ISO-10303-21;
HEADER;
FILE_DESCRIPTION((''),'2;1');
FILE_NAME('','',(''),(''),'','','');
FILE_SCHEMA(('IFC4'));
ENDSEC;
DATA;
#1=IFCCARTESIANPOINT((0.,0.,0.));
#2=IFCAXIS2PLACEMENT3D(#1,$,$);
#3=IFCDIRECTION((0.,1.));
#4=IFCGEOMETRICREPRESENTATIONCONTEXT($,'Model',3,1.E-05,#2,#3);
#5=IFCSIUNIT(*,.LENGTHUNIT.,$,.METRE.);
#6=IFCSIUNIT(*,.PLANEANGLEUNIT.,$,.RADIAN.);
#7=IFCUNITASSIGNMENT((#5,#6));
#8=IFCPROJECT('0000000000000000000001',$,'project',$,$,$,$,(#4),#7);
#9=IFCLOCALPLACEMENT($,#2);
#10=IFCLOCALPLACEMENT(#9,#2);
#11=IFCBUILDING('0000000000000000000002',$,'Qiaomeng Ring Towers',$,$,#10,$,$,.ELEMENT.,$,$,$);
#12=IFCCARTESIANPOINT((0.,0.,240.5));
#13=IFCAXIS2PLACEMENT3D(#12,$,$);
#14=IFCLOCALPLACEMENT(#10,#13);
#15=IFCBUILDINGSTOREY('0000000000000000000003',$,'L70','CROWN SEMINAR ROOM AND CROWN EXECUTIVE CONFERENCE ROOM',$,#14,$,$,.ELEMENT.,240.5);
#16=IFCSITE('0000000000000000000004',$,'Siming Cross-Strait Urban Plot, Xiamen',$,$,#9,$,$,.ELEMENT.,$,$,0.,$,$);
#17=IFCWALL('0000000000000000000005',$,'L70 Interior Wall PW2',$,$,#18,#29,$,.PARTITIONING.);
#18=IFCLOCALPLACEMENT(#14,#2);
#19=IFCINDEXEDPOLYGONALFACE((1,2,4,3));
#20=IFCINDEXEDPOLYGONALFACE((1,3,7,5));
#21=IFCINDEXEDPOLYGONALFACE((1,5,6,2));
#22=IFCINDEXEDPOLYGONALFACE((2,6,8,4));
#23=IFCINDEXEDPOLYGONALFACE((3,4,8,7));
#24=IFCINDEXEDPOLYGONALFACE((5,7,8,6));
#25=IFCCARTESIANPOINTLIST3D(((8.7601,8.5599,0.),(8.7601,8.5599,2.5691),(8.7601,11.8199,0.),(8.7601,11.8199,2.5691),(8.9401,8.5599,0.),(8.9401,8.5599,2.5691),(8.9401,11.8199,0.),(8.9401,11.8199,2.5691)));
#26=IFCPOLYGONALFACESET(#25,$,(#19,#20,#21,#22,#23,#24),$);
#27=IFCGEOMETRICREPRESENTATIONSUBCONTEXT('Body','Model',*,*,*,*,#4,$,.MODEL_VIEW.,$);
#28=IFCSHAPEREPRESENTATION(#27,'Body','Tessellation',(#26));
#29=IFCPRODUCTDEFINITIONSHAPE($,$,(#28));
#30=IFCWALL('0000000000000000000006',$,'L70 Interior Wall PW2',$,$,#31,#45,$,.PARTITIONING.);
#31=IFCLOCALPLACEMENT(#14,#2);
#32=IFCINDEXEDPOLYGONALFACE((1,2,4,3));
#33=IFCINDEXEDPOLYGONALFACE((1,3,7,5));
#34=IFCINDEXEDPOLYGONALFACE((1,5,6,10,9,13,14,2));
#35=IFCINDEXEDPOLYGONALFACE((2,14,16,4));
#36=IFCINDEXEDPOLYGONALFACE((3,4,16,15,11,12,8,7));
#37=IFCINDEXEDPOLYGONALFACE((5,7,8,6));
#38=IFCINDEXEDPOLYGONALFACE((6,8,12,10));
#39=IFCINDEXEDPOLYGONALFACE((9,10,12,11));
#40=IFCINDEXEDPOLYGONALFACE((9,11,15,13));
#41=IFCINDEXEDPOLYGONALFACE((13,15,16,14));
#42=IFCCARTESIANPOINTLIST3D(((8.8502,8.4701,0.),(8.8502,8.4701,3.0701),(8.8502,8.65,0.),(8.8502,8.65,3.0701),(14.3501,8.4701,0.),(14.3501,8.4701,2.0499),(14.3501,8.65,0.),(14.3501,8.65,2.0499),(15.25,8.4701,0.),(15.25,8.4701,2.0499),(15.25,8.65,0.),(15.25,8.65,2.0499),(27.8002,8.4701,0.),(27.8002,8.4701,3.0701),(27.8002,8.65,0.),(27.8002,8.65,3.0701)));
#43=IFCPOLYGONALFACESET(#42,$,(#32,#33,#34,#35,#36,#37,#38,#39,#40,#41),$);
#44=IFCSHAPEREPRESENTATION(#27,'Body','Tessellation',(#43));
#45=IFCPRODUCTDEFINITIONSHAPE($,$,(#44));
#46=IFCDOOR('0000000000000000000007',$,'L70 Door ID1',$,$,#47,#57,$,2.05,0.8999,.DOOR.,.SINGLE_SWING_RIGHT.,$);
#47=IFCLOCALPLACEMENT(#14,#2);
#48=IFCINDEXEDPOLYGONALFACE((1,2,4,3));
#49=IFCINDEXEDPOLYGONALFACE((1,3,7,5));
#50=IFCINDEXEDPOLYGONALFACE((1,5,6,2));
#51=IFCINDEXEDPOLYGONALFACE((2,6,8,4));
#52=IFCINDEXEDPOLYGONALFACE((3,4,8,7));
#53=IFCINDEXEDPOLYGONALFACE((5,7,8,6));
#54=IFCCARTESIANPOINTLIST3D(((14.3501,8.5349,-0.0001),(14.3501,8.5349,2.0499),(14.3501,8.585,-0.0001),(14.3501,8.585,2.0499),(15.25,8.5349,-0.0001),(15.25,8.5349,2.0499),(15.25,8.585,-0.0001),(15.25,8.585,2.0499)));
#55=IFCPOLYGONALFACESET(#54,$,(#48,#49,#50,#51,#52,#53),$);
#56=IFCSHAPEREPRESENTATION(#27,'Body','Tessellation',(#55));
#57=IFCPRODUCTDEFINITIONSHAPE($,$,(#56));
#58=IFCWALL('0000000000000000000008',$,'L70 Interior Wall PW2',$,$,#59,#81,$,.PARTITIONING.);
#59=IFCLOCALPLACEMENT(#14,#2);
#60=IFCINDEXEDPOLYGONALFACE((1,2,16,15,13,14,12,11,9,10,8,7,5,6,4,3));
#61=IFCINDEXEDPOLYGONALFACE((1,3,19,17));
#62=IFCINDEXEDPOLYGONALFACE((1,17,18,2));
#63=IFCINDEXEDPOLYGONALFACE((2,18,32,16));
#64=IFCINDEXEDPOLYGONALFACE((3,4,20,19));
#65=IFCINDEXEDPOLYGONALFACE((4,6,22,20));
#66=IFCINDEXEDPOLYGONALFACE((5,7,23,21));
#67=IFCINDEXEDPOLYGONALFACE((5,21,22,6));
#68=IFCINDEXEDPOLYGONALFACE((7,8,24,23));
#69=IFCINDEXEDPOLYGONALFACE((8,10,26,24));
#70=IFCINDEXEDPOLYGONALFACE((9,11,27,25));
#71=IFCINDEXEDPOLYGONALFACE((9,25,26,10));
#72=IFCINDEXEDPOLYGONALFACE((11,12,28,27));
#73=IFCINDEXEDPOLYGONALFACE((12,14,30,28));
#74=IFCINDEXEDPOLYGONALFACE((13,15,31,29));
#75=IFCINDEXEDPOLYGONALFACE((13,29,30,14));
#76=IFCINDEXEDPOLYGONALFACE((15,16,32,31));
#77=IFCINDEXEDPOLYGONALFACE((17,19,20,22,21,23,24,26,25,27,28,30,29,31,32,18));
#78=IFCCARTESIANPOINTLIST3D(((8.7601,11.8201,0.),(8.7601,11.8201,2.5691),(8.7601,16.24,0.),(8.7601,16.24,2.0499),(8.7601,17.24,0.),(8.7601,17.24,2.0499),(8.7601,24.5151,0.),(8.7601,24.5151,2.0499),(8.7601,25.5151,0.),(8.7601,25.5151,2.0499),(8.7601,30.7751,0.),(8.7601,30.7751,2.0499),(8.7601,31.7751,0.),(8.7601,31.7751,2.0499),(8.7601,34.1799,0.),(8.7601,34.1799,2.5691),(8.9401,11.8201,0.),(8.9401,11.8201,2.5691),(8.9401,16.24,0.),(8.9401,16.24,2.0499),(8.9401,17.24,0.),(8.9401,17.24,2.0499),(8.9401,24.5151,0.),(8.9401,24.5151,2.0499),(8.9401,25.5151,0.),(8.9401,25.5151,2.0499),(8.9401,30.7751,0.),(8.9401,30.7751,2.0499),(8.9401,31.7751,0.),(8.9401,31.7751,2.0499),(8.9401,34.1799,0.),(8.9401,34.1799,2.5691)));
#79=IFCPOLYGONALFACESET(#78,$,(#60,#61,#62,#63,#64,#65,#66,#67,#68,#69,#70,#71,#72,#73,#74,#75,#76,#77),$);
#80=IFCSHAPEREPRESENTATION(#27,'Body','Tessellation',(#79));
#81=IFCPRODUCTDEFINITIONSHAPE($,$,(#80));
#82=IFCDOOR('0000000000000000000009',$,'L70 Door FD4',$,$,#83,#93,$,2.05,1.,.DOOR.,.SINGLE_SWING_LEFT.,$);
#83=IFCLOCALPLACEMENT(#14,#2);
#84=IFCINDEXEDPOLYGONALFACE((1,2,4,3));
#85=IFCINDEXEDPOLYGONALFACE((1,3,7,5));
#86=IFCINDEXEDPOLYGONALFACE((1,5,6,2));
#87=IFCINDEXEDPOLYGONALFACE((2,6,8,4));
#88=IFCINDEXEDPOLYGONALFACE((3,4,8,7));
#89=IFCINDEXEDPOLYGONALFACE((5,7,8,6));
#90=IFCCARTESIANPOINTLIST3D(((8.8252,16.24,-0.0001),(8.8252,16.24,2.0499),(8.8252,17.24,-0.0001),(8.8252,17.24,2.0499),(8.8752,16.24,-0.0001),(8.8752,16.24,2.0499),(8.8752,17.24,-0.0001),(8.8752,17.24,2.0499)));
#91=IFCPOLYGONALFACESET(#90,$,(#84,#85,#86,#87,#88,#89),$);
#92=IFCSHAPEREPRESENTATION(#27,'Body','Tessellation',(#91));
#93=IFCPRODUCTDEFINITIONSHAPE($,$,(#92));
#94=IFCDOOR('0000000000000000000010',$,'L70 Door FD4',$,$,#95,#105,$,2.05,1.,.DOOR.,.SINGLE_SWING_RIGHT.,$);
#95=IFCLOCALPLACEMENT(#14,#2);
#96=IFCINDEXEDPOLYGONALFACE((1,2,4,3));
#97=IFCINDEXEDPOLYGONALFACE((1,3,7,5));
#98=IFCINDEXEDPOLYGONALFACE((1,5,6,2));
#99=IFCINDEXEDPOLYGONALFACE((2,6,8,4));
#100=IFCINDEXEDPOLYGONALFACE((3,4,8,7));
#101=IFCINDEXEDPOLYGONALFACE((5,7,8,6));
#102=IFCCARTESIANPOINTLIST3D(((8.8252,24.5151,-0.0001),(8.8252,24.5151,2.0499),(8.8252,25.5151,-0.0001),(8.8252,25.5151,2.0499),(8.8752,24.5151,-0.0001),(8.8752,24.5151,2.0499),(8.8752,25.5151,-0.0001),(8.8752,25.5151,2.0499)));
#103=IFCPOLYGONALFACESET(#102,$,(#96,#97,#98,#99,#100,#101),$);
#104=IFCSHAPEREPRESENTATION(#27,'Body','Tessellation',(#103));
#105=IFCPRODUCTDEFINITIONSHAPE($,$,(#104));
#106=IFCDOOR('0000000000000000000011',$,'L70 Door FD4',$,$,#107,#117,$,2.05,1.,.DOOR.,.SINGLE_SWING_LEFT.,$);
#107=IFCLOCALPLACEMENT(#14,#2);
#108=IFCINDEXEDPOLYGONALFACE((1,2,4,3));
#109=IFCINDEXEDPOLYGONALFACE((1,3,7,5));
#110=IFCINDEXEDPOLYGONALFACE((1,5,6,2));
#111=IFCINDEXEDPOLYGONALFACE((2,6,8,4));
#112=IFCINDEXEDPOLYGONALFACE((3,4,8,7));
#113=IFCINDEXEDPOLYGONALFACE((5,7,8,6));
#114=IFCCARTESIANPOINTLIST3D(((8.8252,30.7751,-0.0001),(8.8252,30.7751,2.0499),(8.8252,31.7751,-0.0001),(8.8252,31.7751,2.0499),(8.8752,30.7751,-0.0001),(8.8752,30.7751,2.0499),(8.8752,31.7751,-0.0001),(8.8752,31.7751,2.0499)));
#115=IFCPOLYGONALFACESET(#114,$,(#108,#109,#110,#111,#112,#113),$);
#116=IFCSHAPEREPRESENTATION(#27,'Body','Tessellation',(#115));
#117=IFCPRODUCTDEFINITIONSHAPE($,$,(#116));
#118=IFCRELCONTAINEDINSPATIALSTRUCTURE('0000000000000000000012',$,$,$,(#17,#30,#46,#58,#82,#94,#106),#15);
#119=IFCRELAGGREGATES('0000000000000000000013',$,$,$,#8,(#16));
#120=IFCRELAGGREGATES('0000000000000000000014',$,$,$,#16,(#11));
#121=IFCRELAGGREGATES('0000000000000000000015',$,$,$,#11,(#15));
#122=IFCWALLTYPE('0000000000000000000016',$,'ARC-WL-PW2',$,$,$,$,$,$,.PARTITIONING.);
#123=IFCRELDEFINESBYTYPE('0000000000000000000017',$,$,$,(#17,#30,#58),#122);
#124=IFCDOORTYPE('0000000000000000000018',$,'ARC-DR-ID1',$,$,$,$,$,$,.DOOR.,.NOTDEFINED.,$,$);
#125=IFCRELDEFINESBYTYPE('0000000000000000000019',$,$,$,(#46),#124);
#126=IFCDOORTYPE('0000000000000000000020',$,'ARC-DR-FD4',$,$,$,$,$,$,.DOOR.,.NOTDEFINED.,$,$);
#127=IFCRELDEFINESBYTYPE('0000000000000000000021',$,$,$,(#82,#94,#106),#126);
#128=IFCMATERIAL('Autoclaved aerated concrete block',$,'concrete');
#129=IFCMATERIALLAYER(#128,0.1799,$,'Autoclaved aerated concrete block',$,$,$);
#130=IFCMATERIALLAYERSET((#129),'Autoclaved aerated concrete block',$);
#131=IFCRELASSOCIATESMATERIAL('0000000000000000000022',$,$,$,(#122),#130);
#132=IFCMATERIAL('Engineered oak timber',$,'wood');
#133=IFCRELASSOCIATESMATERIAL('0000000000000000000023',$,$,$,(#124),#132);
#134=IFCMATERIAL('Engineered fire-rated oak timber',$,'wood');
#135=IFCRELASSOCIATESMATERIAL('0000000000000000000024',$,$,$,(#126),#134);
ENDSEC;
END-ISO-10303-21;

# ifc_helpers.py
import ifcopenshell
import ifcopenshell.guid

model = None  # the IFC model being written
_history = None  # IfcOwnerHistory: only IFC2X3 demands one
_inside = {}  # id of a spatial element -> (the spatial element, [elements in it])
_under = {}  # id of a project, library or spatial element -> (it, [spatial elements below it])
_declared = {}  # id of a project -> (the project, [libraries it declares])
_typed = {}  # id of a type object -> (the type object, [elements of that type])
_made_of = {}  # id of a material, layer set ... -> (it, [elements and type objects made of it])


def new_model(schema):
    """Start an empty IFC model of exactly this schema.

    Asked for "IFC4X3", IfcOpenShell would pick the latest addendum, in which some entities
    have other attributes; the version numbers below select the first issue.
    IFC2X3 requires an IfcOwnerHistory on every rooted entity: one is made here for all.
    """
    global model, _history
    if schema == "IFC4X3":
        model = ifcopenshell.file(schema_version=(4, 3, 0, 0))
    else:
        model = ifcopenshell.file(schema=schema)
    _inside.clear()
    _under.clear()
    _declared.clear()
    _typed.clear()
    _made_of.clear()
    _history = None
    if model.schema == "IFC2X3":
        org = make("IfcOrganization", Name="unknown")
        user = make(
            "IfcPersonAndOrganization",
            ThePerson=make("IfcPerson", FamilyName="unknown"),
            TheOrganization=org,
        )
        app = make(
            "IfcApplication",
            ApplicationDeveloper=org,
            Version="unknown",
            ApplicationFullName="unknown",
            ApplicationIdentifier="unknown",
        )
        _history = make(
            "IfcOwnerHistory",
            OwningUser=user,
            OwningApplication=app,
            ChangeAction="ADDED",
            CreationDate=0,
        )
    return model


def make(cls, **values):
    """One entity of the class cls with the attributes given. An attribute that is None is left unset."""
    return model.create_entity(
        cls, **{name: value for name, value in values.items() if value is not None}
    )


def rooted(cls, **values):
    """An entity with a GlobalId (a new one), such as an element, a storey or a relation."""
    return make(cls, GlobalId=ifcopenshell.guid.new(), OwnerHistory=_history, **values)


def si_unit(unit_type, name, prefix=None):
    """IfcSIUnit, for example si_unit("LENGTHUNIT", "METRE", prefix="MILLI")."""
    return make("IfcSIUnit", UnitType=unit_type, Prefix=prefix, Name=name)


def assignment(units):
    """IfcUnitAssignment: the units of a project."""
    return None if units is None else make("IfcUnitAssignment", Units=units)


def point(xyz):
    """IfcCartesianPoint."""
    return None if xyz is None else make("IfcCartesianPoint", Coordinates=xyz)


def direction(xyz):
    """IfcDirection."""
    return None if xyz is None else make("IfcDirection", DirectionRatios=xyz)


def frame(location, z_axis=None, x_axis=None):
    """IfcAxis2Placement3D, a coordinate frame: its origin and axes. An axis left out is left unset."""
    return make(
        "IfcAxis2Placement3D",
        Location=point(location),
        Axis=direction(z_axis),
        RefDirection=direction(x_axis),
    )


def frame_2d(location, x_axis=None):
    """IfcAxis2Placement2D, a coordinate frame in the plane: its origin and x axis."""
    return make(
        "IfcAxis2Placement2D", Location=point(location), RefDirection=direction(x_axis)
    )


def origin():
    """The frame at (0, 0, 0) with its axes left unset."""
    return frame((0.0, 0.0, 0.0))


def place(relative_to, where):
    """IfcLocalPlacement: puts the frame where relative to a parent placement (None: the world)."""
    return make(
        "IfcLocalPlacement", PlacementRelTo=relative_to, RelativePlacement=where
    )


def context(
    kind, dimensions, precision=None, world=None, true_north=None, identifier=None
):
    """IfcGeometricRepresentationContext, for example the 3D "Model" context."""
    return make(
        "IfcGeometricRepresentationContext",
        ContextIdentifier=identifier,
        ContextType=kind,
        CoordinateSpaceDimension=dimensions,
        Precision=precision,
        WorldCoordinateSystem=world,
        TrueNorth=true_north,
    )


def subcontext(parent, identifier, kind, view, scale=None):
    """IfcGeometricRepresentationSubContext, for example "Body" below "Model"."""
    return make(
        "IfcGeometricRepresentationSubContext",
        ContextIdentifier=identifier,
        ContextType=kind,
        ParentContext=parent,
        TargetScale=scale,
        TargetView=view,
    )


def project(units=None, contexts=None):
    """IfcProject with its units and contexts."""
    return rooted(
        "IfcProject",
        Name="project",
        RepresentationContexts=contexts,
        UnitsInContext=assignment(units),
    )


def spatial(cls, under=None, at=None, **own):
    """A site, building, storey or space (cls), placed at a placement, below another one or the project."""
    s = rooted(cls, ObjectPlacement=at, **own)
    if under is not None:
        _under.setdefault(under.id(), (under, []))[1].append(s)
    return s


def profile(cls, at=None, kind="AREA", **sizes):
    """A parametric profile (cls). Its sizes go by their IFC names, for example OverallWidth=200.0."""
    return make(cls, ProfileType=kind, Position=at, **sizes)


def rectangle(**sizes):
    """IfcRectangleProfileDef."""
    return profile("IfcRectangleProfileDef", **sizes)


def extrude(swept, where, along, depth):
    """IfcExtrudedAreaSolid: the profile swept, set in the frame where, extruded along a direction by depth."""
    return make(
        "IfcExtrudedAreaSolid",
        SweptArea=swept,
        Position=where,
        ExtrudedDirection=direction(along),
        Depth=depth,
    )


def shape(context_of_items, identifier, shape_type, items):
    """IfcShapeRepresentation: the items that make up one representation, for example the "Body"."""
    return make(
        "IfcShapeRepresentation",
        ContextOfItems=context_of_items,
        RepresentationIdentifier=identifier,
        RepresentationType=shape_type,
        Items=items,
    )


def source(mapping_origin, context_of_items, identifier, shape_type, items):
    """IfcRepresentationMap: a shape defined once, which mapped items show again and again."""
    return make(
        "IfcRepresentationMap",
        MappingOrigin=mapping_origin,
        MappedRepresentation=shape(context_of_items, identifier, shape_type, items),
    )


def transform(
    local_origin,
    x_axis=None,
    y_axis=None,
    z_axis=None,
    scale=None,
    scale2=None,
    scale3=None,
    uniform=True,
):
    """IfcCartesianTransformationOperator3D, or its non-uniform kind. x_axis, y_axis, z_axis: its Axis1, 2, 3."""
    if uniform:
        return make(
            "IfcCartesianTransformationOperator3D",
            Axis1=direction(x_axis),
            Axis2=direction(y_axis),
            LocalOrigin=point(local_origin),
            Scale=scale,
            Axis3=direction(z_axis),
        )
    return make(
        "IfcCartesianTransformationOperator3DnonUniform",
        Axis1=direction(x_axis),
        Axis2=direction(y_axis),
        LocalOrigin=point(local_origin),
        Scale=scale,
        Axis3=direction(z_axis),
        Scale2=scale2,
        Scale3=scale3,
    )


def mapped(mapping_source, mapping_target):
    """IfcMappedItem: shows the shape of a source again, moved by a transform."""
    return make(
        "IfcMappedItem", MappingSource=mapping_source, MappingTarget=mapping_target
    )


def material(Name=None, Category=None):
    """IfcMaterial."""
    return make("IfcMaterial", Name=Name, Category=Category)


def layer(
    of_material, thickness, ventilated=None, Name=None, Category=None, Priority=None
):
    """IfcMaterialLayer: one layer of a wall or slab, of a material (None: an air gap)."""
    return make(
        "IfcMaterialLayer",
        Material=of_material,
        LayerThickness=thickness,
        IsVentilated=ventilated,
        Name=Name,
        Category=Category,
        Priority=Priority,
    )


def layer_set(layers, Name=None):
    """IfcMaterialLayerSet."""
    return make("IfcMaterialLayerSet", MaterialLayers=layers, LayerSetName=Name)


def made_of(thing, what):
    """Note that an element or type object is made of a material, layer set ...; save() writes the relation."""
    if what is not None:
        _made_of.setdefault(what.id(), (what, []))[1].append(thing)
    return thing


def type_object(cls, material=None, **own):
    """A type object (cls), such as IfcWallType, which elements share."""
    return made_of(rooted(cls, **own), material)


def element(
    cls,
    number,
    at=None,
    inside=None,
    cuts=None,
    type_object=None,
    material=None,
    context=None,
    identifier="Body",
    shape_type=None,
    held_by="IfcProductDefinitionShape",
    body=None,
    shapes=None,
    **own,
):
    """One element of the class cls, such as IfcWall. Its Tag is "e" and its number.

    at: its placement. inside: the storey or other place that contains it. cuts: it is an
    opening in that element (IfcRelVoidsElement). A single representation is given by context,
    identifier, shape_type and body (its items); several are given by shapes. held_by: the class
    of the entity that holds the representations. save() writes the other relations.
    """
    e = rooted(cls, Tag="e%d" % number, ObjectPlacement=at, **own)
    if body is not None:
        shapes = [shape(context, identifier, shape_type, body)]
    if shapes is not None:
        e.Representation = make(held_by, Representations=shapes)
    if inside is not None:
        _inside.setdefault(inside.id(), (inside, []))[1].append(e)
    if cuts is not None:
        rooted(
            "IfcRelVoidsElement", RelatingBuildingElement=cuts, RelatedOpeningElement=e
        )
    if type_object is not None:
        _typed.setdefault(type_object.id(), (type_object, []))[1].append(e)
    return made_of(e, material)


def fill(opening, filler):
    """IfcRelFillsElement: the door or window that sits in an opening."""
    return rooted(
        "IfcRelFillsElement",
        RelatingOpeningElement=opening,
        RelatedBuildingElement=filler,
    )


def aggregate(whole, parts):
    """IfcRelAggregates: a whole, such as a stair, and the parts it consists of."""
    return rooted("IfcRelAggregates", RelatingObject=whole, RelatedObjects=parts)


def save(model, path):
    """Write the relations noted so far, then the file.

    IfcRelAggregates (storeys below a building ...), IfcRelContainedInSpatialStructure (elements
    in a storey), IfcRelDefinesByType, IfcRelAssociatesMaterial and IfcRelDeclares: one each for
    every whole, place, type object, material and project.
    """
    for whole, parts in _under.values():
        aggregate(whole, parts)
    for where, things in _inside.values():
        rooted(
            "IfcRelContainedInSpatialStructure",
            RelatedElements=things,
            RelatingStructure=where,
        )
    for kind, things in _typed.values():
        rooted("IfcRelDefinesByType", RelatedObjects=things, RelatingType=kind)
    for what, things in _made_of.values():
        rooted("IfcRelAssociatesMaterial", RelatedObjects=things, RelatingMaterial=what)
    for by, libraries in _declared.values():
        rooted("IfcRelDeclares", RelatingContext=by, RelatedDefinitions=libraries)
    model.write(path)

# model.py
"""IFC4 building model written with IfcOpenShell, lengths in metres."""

from ifc_helpers import new_model, si_unit, direction, frame, frame_2d, origin, place, context, subcontext, project, spatial, rectangle, extrude, source, transform, mapped, material, layer, layer_set, type_object, element, fill, save


model = new_model("IFC4")

# Units and contexts
model_context = context("Model", 3, precision=1e-05, world=origin(), true_north=direction((0.0, 1.0)))
body_context = subcontext(model_context, "Body", "Model", "MODEL_VIEW")
ifc_project = project(units=[si_unit("LENGTHUNIT", "METRE"), si_unit("PLANEANGLEUNIT", "RADIAN")], contexts=[model_context])

# Site, building, storey
site_placement = place(None, origin())
site = spatial("IfcSite", under=ifc_project, at=site_placement, Name="Siming Cross-Strait Urban Plot, Xiamen", CompositionType="ELEMENT", RefElevation=0.0)
building_placement = place(site_placement, origin())
building = spatial("IfcBuilding", under=site, at=building_placement, Name="Qiaomeng Ring Towers", CompositionType="ELEMENT")
storey_placement = place(building_placement, frame((0.0, 0.0, 240.5)))
storey = spatial("IfcBuildingStorey", under=building, at=storey_placement, Name="L70", Description="CROWN SEMINAR ROOM AND CROWN EXECUTIVE CONFERENCE ROOM", CompositionType="ELEMENT", Elevation=240.5)

# Wall
ifc_material_1 = material(Name="Autoclaved aerated concrete block", Category="concrete")
ifc_layer_1 = layer(ifc_material_1, 0.1799, Name="Autoclaved aerated concrete block")
ifc_layer_set_1 = layer_set([ifc_layer_1], Name="Autoclaved aerated concrete block")
wall_type_1 = type_object("IfcWallType", Name="ARC-WL-PW2", PredefinedType="PARTITIONING", material=ifc_layer_set_1)
wall_1_placement = place(storey_placement, frame((8.8501, 8.5601, 0.0), z_axis=(0.0, 0.0, 1.0), x_axis=(0.0, 1.0, 0.0)))
element("IfcWall", 1, at=wall_1_placement, inside=storey, type_object=wall_type_1, Name="L70 Interior Wall PW2", PredefinedType="PARTITIONING", context=body_context, shape_type="SweptSolid", body=[
    extrude(rectangle(XDim=3.26, YDim=0.1799, at=frame_2d((1.6299, 0.0))), origin(), (0.0, 0.0, 1.0), 2.5691),
])

# Wall, opening, door
wall_2_placement = place(storey_placement, frame((8.8501, 8.5601, 0.0), z_axis=(0.0, 0.0, 1.0), x_axis=(1.0, 0.0, 0.0)))
wall_2 = element("IfcWall", 2, at=wall_2_placement, inside=storey, type_object=wall_type_1, Name="L70 Interior Wall PW2", PredefinedType="PARTITIONING", context=body_context, shape_type="SweptSolid", body=[
    extrude(rectangle(XDim=18.95, YDim=0.1799, at=frame_2d((9.4751, 0.0))), origin(), (0.0, 0.0, 1.0), 3.0701),
])
opening_1_placement = place(wall_2_placement, frame((5.5, 0.0, 0.0)))
opening_1 = element("IfcOpeningElement", 3, at=opening_1_placement, cuts=wall_2, PredefinedType="OPENING", context=body_context, shape_type="SweptSolid", body=[
    extrude(rectangle(XDim=0.8999, YDim=2.05, at=frame_2d((0.45, 1.0249))), frame((0.0, 0.0999, 0.0), z_axis=(0.0, -1.0, 0.0), x_axis=(1.0, 0.0, 0.0)), (0.0, 0.0, 1.0), 0.2),
])
ifc_material_2 = material(Name="Engineered oak timber", Category="wood")
door_type_1 = type_object("IfcDoorType", Name="ARC-DR-ID1", OperationType="NOTDEFINED", PredefinedType="DOOR", material=ifc_material_2)
shared_shape_1 = source(origin(), body_context, "Body", "SweptSolid", [
    extrude(rectangle(XDim=0.8999, YDim=2.05, at=frame_2d((0.45, 1.0249))), frame((0.0, 0.0249, 0.0), z_axis=(0.0, -1.0, 0.0), x_axis=(1.0, 0.0, 0.0)), (0.0, 0.0, 1.0), 0.05),
])
door_1_placement = place(opening_1_placement, origin())
door_1 = element("IfcDoor", 4, at=door_1_placement, inside=storey, type_object=door_type_1, Name="L70 Door ID1", OperationType="SINGLE_SWING_RIGHT", OverallHeight=2.05, OverallWidth=0.8999, PredefinedType="DOOR", context=body_context, shape_type="MappedRepresentation", body=[
    mapped(shared_shape_1, transform((0.0, 0.0, 0.0), x_axis=(1.0, 0.0, 0.0), y_axis=(0.0, 1.0, 0.0), z_axis=(0.0, 0.0, 1.0), scale=1.0)),
])
fill(opening_1, door_1)

# Wall, openings, doors
wall_3_placement = place(storey_placement, frame((8.8501, 11.8201, 0.0), z_axis=(0.0, 0.0, 1.0), x_axis=(0.0, 1.0, 0.0)))
wall_3 = element("IfcWall", 5, at=wall_3_placement, inside=storey, type_object=wall_type_1, Name="L70 Interior Wall PW2", PredefinedType="PARTITIONING", context=body_context, shape_type="SweptSolid", body=[
    extrude(rectangle(XDim=22.3599, YDim=0.1799, at=frame_2d((11.1799, 0.0))), origin(), (0.0, 0.0, 1.0), 2.5691),
])
opening_2_placement = place(wall_3_placement, frame((4.4199, 0.0, 0.0)))
opening_2 = element("IfcOpeningElement", 6, at=opening_2_placement, cuts=wall_3, PredefinedType="OPENING", context=body_context, shape_type="SweptSolid", body=[
    extrude(rectangle(XDim=1.0, YDim=2.05, at=frame_2d((0.5, 1.0249))), frame((0.0, 0.0999, 0.0), z_axis=(0.0, -1.0, 0.0), x_axis=(1.0, 0.0, 0.0)), (0.0, 0.0, 1.0), 0.2),
])
opening_3_placement = place(wall_3_placement, frame((12.6951, 0.0, 0.0)))
opening_3 = element("IfcOpeningElement", 7, at=opening_3_placement, cuts=wall_3, PredefinedType="OPENING", context=body_context, shape_type="SweptSolid", body=[
    extrude(rectangle(XDim=1.0, YDim=2.05, at=frame_2d((0.5, 1.0249))), frame((0.0, 0.0999, 0.0), z_axis=(0.0, -1.0, 0.0), x_axis=(1.0, 0.0, 0.0)), (0.0, 0.0, 1.0), 0.2),
])
opening_4_placement = place(wall_3_placement, frame((18.9551, 0.0, 0.0)))
opening_4 = element("IfcOpeningElement", 8, at=opening_4_placement, cuts=wall_3, PredefinedType="OPENING", context=body_context, shape_type="SweptSolid", body=[
    extrude(rectangle(XDim=1.0, YDim=2.05, at=frame_2d((0.5, 1.0249))), frame((0.0, 0.0999, 0.0), z_axis=(0.0, -1.0, 0.0), x_axis=(1.0, 0.0, 0.0)), (0.0, 0.0, 1.0), 0.2),
])
ifc_material_3 = material(Name="Engineered fire-rated oak timber", Category="wood")
door_type_2 = type_object("IfcDoorType", Name="ARC-DR-FD4", OperationType="NOTDEFINED", PredefinedType="DOOR", material=ifc_material_3)
shared_shape_2 = source(origin(), body_context, "Body", "SweptSolid", [
    extrude(rectangle(XDim=1.0, YDim=2.05, at=frame_2d((0.5, 1.0249))), frame((0.0, 0.0249, 0.0), z_axis=(0.0, -1.0, 0.0), x_axis=(1.0, 0.0, 0.0)), (0.0, 0.0, 1.0), 0.05),
])
door_2_placement = place(opening_2_placement, origin())
door_2 = element("IfcDoor", 9, at=door_2_placement, inside=storey, type_object=door_type_2, Name="L70 Door FD4", OperationType="SINGLE_SWING_LEFT", OverallHeight=2.05, OverallWidth=1.0, PredefinedType="DOOR", context=body_context, shape_type="MappedRepresentation", body=[
    mapped(shared_shape_2, transform((0.0, 0.0, 0.0), x_axis=(1.0, 0.0, 0.0), y_axis=(0.0, 1.0, 0.0), z_axis=(0.0, 0.0, 1.0), scale=1.0)),
])
fill(opening_2, door_2)
door_3_placement = place(opening_3_placement, origin())
door_3 = element("IfcDoor", 10, at=door_3_placement, inside=storey, type_object=door_type_2, Name="L70 Door FD4", OperationType="SINGLE_SWING_RIGHT", OverallHeight=2.05, OverallWidth=1.0, PredefinedType="DOOR", context=body_context, shape_type="MappedRepresentation", body=[
    mapped(shared_shape_2, transform((0.0, 0.0, 0.0), x_axis=(1.0, 0.0, 0.0), y_axis=(0.0, 1.0, 0.0), z_axis=(0.0, 0.0, 1.0), scale=1.0)),
])
fill(opening_3, door_3)
door_4_placement = place(opening_4_placement, origin())
door_4 = element("IfcDoor", 11, at=door_4_placement, inside=storey, type_object=door_type_2, Name="L70 Door FD4", OperationType="SINGLE_SWING_LEFT", OverallHeight=2.05, OverallWidth=1.0, PredefinedType="DOOR", context=body_context, shape_type="MappedRepresentation", body=[
    mapped(shared_shape_2, transform((0.0, 0.0, 0.0), x_axis=(1.0, 0.0, 0.0), y_axis=(0.0, 1.0, 0.0), z_axis=(0.0, 0.0, 1.0), scale=1.0)),
])
fill(opening_4, door_4)

save(model, "model.ifc")
